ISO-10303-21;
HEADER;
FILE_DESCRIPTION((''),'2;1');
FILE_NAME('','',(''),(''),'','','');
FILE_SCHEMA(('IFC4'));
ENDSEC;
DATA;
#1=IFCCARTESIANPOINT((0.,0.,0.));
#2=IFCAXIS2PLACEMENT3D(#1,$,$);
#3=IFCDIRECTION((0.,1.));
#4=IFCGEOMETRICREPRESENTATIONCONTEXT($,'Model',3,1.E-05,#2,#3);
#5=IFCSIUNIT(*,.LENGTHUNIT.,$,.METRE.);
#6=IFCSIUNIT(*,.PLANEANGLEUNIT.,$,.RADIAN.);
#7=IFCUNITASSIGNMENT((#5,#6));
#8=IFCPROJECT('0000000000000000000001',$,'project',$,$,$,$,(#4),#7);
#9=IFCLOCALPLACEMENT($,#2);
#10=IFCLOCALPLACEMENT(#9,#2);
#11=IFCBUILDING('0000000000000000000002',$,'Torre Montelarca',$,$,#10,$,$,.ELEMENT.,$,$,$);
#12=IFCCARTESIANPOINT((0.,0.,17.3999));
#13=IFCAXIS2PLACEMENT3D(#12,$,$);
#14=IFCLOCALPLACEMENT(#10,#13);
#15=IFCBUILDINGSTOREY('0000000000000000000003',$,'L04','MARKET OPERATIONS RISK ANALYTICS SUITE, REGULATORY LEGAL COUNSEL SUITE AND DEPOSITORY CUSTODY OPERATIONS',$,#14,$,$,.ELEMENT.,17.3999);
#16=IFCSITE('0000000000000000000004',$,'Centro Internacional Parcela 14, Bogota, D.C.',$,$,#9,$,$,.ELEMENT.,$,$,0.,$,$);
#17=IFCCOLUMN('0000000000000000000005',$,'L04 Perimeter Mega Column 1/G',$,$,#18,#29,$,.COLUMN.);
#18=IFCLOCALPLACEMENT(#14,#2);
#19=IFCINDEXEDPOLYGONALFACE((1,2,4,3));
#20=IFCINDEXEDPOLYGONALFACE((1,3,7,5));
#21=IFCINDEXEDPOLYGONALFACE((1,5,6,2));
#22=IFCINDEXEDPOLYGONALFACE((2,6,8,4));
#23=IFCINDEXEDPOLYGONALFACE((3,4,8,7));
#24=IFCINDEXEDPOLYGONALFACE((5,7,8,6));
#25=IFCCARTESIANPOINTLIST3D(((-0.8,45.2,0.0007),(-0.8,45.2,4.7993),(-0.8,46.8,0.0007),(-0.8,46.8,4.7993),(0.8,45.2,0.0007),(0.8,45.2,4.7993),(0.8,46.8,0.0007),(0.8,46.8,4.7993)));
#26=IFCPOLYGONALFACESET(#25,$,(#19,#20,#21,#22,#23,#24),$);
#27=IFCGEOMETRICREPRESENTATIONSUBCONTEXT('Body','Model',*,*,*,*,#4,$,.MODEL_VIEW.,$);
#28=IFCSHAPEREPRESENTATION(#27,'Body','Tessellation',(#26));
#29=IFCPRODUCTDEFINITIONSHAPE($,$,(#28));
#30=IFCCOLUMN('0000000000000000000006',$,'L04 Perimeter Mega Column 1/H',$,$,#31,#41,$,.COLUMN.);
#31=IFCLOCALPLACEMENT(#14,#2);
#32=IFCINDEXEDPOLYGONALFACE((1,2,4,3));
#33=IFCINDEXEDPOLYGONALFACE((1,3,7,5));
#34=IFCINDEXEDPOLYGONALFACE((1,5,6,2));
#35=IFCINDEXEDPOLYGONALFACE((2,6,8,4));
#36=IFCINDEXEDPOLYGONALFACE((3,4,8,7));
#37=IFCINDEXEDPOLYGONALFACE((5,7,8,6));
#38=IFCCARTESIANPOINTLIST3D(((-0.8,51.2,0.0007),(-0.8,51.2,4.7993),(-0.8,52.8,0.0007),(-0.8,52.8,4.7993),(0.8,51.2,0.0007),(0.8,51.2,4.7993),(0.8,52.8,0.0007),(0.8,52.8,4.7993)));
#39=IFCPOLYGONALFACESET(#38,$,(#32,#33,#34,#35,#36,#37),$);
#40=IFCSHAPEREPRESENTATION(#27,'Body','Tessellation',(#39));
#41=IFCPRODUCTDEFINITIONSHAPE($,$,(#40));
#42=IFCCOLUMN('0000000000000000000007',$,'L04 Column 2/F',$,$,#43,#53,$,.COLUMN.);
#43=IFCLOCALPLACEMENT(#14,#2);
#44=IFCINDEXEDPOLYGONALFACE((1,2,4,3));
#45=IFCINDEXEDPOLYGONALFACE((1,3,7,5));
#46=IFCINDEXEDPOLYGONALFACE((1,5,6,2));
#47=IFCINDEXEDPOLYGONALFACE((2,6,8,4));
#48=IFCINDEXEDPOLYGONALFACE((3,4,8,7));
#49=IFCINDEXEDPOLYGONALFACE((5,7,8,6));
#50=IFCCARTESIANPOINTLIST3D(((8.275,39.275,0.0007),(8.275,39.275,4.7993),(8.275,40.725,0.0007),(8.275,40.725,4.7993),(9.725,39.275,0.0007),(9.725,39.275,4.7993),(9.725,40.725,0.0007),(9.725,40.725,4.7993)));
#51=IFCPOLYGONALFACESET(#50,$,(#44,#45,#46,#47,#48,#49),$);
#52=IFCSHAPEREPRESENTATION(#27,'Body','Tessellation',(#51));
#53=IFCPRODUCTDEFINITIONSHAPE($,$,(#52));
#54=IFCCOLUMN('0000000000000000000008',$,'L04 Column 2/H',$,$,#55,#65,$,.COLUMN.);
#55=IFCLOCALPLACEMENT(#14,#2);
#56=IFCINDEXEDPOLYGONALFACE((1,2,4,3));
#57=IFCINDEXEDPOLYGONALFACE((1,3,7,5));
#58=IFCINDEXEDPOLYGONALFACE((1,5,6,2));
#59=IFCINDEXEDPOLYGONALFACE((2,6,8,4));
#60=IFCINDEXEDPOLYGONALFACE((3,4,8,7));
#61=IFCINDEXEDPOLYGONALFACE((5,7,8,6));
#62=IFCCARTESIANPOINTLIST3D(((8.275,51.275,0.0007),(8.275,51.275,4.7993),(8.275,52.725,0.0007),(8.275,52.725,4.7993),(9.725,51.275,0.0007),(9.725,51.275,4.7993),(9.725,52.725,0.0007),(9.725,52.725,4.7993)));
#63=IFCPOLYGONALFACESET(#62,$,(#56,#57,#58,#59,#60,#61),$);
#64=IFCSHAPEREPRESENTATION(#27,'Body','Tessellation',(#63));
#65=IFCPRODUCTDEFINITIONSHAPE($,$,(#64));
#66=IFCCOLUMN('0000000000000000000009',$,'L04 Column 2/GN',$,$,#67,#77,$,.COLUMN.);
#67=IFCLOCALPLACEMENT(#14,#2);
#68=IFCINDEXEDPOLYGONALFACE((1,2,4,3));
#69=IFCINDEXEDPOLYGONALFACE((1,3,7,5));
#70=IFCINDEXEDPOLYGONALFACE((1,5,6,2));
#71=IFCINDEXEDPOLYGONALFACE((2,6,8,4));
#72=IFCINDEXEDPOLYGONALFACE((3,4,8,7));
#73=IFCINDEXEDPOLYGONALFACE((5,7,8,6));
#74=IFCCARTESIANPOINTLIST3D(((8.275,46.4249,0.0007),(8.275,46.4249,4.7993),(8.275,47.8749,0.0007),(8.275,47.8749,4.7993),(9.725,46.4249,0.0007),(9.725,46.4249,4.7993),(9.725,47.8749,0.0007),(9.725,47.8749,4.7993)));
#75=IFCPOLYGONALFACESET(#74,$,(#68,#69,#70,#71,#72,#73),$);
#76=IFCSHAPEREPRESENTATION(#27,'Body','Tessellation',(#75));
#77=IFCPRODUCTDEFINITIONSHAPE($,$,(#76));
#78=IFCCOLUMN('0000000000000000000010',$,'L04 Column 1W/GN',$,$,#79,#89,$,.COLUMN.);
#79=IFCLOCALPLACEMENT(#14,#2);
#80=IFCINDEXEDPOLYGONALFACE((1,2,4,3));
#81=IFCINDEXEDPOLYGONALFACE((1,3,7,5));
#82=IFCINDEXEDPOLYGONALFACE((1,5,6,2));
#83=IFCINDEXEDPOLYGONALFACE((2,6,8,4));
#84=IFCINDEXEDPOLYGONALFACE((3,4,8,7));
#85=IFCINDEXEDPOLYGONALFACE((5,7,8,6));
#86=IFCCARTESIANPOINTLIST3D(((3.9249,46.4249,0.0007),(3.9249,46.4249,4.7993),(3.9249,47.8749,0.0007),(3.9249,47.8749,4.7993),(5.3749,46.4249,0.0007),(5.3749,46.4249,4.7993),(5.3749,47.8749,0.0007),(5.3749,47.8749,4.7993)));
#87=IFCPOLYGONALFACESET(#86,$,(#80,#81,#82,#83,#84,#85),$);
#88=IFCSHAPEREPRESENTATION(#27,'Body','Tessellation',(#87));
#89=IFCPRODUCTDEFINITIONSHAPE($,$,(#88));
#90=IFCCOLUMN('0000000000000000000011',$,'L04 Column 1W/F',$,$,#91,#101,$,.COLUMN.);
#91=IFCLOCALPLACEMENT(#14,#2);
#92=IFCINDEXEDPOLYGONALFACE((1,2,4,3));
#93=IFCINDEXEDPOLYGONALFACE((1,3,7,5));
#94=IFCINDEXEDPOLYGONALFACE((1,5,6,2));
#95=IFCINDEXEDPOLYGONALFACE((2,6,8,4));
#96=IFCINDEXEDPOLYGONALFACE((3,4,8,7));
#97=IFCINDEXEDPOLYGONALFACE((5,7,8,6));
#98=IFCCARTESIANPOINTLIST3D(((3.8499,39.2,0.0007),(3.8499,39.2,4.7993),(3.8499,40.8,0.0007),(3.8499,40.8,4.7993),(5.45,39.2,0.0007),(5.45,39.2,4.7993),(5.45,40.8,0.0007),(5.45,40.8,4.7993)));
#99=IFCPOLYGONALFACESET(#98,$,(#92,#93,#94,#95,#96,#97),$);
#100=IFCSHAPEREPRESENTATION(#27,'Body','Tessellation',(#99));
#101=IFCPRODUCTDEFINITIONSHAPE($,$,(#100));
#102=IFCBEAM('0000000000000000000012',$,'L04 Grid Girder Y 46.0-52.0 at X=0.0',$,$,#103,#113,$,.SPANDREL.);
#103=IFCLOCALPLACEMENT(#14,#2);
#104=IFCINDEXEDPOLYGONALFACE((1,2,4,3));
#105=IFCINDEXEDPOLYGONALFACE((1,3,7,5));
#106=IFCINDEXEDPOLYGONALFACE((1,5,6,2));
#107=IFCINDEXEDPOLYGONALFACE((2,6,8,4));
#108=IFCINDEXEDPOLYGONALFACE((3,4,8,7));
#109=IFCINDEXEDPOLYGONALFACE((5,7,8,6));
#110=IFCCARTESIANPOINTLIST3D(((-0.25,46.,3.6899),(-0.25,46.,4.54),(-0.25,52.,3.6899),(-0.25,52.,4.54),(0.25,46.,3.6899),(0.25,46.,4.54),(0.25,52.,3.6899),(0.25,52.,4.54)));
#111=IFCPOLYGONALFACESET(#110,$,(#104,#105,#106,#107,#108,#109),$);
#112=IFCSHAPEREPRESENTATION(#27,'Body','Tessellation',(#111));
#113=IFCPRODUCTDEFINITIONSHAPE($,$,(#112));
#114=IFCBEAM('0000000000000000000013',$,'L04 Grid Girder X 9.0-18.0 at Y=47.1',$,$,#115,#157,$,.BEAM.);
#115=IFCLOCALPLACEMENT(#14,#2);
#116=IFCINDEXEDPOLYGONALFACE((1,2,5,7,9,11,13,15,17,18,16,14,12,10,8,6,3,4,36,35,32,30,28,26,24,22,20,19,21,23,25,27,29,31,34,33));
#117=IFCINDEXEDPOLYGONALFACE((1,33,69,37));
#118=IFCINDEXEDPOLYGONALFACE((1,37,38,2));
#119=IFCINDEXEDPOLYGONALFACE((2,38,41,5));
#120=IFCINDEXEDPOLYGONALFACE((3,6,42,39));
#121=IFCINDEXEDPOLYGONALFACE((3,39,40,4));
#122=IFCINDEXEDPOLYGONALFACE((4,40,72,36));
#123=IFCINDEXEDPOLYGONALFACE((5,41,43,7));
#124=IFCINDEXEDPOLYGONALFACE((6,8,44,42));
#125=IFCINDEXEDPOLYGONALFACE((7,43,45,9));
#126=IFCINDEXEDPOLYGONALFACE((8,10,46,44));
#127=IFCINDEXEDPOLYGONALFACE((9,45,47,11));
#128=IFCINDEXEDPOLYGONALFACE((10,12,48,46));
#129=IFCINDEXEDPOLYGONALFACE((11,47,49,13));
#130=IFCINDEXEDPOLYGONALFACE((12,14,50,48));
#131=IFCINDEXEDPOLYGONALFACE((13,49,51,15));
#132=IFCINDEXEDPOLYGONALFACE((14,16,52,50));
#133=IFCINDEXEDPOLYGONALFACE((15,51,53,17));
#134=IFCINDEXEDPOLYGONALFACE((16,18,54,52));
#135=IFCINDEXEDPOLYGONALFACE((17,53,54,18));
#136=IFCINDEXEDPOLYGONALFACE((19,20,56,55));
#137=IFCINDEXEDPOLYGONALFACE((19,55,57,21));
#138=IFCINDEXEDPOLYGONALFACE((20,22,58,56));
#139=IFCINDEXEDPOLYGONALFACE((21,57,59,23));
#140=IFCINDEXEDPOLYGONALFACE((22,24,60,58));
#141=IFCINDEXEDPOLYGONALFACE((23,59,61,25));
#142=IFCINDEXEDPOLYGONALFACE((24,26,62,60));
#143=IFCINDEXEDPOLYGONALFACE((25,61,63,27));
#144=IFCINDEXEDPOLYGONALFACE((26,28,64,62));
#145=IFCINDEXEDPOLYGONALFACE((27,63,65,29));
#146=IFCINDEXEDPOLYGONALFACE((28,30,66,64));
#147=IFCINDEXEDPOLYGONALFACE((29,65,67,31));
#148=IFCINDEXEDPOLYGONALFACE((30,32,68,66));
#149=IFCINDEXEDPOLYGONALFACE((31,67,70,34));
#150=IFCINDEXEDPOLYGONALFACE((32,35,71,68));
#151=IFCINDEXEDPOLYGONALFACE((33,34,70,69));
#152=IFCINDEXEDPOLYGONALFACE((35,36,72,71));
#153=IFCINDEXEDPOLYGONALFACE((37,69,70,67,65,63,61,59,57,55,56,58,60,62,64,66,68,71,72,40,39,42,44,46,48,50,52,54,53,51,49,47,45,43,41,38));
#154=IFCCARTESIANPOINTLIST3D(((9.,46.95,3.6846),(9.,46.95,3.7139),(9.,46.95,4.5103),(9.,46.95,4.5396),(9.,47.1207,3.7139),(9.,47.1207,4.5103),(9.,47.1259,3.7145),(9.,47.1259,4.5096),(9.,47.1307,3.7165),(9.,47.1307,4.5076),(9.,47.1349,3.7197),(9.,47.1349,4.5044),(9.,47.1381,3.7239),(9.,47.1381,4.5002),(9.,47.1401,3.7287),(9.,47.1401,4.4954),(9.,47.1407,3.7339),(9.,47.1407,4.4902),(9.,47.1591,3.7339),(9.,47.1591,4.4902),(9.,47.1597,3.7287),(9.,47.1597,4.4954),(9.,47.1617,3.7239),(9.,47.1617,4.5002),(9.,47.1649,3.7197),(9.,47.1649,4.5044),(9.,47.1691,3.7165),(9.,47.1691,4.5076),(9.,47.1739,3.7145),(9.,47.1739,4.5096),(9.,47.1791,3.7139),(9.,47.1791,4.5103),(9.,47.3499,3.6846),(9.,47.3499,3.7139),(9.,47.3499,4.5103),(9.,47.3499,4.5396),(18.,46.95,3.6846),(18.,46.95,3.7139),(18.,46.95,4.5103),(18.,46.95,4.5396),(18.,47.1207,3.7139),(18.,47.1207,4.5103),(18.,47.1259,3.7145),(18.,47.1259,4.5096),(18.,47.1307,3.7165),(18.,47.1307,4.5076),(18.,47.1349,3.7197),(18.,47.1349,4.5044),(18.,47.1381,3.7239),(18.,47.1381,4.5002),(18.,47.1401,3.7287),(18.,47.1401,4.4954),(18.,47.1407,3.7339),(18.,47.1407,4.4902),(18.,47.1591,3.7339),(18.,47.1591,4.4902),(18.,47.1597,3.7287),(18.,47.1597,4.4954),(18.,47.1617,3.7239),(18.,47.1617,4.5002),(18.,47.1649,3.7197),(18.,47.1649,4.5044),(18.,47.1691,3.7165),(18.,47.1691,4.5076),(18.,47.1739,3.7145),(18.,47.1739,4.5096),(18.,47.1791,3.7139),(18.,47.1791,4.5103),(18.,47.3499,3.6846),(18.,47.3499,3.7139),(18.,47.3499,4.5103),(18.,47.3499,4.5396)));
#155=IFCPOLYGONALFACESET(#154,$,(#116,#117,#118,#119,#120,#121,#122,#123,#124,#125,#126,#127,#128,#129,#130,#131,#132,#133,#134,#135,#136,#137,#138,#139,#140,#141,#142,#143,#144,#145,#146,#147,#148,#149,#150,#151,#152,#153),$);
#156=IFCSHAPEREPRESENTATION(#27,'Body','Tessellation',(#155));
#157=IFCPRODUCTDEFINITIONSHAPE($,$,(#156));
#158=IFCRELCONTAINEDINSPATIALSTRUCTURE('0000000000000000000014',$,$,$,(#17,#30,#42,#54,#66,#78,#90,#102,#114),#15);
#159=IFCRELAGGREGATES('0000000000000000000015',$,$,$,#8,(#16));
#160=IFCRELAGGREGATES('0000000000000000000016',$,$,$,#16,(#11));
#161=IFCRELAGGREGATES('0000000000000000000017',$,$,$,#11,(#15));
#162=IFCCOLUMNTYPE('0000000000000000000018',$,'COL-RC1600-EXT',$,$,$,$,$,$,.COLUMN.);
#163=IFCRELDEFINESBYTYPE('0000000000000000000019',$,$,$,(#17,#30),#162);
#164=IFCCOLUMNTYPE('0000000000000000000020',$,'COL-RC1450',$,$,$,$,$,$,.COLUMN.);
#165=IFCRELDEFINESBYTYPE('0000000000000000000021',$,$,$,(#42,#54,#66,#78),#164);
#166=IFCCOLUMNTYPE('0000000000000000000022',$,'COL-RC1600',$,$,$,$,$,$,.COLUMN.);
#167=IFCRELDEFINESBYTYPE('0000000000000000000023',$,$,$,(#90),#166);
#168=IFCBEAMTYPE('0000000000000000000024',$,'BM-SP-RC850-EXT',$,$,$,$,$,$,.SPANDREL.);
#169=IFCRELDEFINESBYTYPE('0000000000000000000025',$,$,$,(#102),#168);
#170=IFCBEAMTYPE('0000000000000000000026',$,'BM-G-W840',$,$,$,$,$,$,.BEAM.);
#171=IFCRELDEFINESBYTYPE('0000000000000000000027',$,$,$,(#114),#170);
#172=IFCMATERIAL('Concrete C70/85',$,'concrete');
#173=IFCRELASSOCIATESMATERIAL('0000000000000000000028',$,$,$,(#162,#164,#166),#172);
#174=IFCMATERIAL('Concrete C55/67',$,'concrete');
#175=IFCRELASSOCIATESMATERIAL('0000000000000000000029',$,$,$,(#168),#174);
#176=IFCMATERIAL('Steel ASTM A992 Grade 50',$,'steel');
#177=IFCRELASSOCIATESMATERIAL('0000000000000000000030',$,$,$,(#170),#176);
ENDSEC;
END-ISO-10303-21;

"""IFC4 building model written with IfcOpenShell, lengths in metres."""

from ifc_helpers import new_model, si_unit, direction, frame, origin, origin_2d, place, context, subcontext, project, spatial, rectangle, i_section, extrude, source, transform, mapped, material, material_profile, profile_set, type_object, element, save


model = new_model("IFC4")

# Units and contexts
model_context = context("Model", 3, precision=1e-05, world=origin(), true_north=direction((0.0, 1.0)))
body_context = subcontext(model_context, "Body", "Model", "MODEL_VIEW")
ifc_project = project(units=[si_unit("LENGTHUNIT", "METRE"), si_unit("PLANEANGLEUNIT", "RADIAN")], contexts=[model_context])

# Site, building, storey
site_placement = place(None, origin())
site = spatial("IfcSite", under=ifc_project, at=site_placement, Name="Centro Internacional Parcela 14, Bogota, D.C.", CompositionType="ELEMENT", RefElevation=0.0)
building_placement = place(site_placement, origin())
building = spatial("IfcBuilding", under=site, at=building_placement, Name="Torre Montelarca", CompositionType="ELEMENT")
storey_placement = place(building_placement, frame((0.0, 0.0, 17.3999)))
storey = spatial("IfcBuildingStorey", under=building, at=storey_placement, Name="L04", Description="MARKET OPERATIONS RISK ANALYTICS SUITE, REGULATORY LEGAL COUNSEL SUITE AND DEPOSITORY CUSTODY OPERATIONS", CompositionType="ELEMENT", Elevation=17.3999)

# Columns
ifc_material_1 = material(Name="Concrete C70/85", Category="concrete")
ifc_material_profile_1 = material_profile(ifc_material_1, rectangle(XDim=1.6001, YDim=1.6001, at=origin_2d()), Name="RC1600X1600", Category="concrete")
ifc_profile_set_1 = profile_set([ifc_material_profile_1], Name="Concrete C70/85")
column_type_1 = type_object("IfcColumnType", Name="COL-RC1600-EXT", PredefinedType="COLUMN", material=ifc_profile_set_1)
shared_shape_1 = source(origin(), body_context, "Body", "SweptSolid", [
    extrude(rectangle(XDim=1.6001, YDim=1.6001, at=origin_2d()), origin(), (0.0, 0.0, 1.0), 4.7986),
])
for number, where, z_axis, x_axis, name in (
    (1, (0.0, 46.0, 0.0007), (0.0, 0.0, 1.0), (1.0, 0.0, 0.0), "L04 Perimeter Mega Column 1/G"),
    (2, (0.0, 52.0, 0.0007), (0.0, 0.0, 1.0), (1.0, 0.0, 0.0), "L04 Perimeter Mega Column 1/H"),
):
    element("IfcColumn", number, at=place(storey_placement, frame(where, z_axis=z_axis, x_axis=x_axis)), inside=storey, type_object=column_type_1, Name=name, PredefinedType="COLUMN", context=body_context, shape_type="MappedRepresentation", body=[
        mapped(shared_shape_1, transform((0.0, 0.0, 0.0), scale=1.0)),
    ])
ifc_material_profile_2 = material_profile(ifc_material_1, rectangle(XDim=1.45, YDim=1.45, at=origin_2d()), Name="RC1450X1450", Category="concrete")
ifc_profile_set_2 = profile_set([ifc_material_profile_2], Name="Concrete C70/85")
column_type_2 = type_object("IfcColumnType", Name="COL-RC1450", PredefinedType="COLUMN", material=ifc_profile_set_2)
shared_shape_2 = source(origin(), body_context, "Body", "SweptSolid", [
    extrude(rectangle(XDim=1.45, YDim=1.45, at=origin_2d()), origin(), (0.0, 0.0, 1.0), 4.7986),
])
for number, where, z_axis, x_axis, name in (
    (3, (9.0, 40.0, 0.0007), (0.0, 0.0, 1.0), (1.0, 0.0, 0.0), "L04 Column 2/F"),
    (4, (9.0, 52.0, 0.0007), (0.0, 0.0, 1.0), (1.0, 0.0, 0.0), "L04 Column 2/H"),
    (5, (9.0, 47.1499, 0.0007), (0.0, 0.0, 1.0), (1.0, 0.0, 0.0), "L04 Column 2/GN"),
    (6, (4.6499, 47.1499, 0.0007), (0.0, 0.0, 1.0), (1.0, 0.0, 0.0), "L04 Column 1W/GN"),
):
    element("IfcColumn", number, at=place(storey_placement, frame(where, z_axis=z_axis, x_axis=x_axis)), inside=storey, type_object=column_type_2, Name=name, PredefinedType="COLUMN", context=body_context, shape_type="MappedRepresentation", body=[
        mapped(shared_shape_2, transform((0.0, 0.0, 0.0), scale=1.0)),
    ])
ifc_material_profile_3 = material_profile(ifc_material_1, rectangle(XDim=1.6001, YDim=1.6001, at=origin_2d()), Name="RC1600X1600", Category="concrete")
ifc_profile_set_3 = profile_set([ifc_material_profile_3], Name="Concrete C70/85")
column_type_3 = type_object("IfcColumnType", Name="COL-RC1600", PredefinedType="COLUMN", material=ifc_profile_set_3)
shared_shape_3 = source(origin(), body_context, "Body", "SweptSolid", [
    extrude(rectangle(XDim=1.6001, YDim=1.6001, at=origin_2d()), origin(), (0.0, 0.0, 1.0), 4.7986),
])
column_placement = place(storey_placement, frame((4.6499, 40.0, 0.0007), z_axis=(0.0, 0.0, 1.0), x_axis=(1.0, 0.0, 0.0)))
element("IfcColumn", 7, at=column_placement, inside=storey, type_object=column_type_3, Name="L04 Column 1W/F", PredefinedType="COLUMN", context=body_context, shape_type="MappedRepresentation", body=[
    mapped(shared_shape_3, transform((0.0, 0.0, 0.0), scale=1.0)),
])

# Beams
ifc_material_2 = material(Name="Concrete C55/67", Category="concrete")
ifc_material_profile_4 = material_profile(ifc_material_2, rectangle(XDim=0.5, YDim=0.8501, at=origin_2d()), Name="RCB500X850", Category="concrete")
ifc_profile_set_4 = profile_set([ifc_material_profile_4], Name="Concrete C55/67")
beam_type_1 = type_object("IfcBeamType", Name="BM-SP-RC850-EXT", PredefinedType="SPANDREL", material=ifc_profile_set_4)
shared_shape_4 = source(origin(), body_context, "Body", "SweptSolid", [
    extrude(rectangle(XDim=0.5, YDim=0.8501, at=origin_2d()), origin(), (0.0, 0.0, 1.0), 6.0),
])
beam_1_placement = place(storey_placement, frame((0.0, 46.0, 4.115), z_axis=(0.0, 1.0, 0.0), x_axis=(-1.0, 0.0, 0.0)))
element("IfcBeam", 8, at=beam_1_placement, inside=storey, type_object=beam_type_1, Name="L04 Grid Girder Y 46.0-52.0 at X=0.0", PredefinedType="SPANDREL", context=body_context, shape_type="MappedRepresentation", body=[
    mapped(shared_shape_4, transform((0.0, 0.0, 0.0), scale=1.0)),
])
ifc_material_3 = material(Name="Steel ASTM A992 Grade 50", Category="steel")
ifc_material_profile_5 = material_profile(ifc_material_3, i_section(OverallWidth=0.3999, OverallDepth=0.855, WebThickness=0.0183, FlangeThickness=0.0293, FilletRadius=0.02, at=origin_2d()), Name="W840X299", Category="steel")
ifc_profile_set_5 = profile_set([ifc_material_profile_5], Name="Steel ASTM A992 Grade 50")
beam_type_2 = type_object("IfcBeamType", Name="BM-G-W840", PredefinedType="BEAM", material=ifc_profile_set_5)
shared_shape_5 = source(origin(), body_context, "Body", "SweptSolid", [
    extrude(i_section(OverallWidth=0.3999, OverallDepth=0.855, WebThickness=0.0183, FlangeThickness=0.0293, FilletRadius=0.02, at=origin_2d()), origin(), (0.0, 0.0, 1.0), 9.0),
])
for number, where, z_axis, x_axis, name in (
    (9, (9.0, 47.1499, 4.1121), (1.0, 0.0, 0.0), (0.0, 1.0, 0.0), "L04 Grid Girder X 9.0-18.0 at Y=47.1"),
):
    element("IfcBeam", number, at=place(storey_placement, frame(where, z_axis=z_axis, x_axis=x_axis)), inside=storey, type_object=beam_type_2, Name=name, PredefinedType="BEAM", context=body_context, shape_type="MappedRepresentation", body=[
        mapped(shared_shape_5, transform((0.0, 0.0, 0.0), scale=1.0)),
    ])

save(model, "model.ifc")
